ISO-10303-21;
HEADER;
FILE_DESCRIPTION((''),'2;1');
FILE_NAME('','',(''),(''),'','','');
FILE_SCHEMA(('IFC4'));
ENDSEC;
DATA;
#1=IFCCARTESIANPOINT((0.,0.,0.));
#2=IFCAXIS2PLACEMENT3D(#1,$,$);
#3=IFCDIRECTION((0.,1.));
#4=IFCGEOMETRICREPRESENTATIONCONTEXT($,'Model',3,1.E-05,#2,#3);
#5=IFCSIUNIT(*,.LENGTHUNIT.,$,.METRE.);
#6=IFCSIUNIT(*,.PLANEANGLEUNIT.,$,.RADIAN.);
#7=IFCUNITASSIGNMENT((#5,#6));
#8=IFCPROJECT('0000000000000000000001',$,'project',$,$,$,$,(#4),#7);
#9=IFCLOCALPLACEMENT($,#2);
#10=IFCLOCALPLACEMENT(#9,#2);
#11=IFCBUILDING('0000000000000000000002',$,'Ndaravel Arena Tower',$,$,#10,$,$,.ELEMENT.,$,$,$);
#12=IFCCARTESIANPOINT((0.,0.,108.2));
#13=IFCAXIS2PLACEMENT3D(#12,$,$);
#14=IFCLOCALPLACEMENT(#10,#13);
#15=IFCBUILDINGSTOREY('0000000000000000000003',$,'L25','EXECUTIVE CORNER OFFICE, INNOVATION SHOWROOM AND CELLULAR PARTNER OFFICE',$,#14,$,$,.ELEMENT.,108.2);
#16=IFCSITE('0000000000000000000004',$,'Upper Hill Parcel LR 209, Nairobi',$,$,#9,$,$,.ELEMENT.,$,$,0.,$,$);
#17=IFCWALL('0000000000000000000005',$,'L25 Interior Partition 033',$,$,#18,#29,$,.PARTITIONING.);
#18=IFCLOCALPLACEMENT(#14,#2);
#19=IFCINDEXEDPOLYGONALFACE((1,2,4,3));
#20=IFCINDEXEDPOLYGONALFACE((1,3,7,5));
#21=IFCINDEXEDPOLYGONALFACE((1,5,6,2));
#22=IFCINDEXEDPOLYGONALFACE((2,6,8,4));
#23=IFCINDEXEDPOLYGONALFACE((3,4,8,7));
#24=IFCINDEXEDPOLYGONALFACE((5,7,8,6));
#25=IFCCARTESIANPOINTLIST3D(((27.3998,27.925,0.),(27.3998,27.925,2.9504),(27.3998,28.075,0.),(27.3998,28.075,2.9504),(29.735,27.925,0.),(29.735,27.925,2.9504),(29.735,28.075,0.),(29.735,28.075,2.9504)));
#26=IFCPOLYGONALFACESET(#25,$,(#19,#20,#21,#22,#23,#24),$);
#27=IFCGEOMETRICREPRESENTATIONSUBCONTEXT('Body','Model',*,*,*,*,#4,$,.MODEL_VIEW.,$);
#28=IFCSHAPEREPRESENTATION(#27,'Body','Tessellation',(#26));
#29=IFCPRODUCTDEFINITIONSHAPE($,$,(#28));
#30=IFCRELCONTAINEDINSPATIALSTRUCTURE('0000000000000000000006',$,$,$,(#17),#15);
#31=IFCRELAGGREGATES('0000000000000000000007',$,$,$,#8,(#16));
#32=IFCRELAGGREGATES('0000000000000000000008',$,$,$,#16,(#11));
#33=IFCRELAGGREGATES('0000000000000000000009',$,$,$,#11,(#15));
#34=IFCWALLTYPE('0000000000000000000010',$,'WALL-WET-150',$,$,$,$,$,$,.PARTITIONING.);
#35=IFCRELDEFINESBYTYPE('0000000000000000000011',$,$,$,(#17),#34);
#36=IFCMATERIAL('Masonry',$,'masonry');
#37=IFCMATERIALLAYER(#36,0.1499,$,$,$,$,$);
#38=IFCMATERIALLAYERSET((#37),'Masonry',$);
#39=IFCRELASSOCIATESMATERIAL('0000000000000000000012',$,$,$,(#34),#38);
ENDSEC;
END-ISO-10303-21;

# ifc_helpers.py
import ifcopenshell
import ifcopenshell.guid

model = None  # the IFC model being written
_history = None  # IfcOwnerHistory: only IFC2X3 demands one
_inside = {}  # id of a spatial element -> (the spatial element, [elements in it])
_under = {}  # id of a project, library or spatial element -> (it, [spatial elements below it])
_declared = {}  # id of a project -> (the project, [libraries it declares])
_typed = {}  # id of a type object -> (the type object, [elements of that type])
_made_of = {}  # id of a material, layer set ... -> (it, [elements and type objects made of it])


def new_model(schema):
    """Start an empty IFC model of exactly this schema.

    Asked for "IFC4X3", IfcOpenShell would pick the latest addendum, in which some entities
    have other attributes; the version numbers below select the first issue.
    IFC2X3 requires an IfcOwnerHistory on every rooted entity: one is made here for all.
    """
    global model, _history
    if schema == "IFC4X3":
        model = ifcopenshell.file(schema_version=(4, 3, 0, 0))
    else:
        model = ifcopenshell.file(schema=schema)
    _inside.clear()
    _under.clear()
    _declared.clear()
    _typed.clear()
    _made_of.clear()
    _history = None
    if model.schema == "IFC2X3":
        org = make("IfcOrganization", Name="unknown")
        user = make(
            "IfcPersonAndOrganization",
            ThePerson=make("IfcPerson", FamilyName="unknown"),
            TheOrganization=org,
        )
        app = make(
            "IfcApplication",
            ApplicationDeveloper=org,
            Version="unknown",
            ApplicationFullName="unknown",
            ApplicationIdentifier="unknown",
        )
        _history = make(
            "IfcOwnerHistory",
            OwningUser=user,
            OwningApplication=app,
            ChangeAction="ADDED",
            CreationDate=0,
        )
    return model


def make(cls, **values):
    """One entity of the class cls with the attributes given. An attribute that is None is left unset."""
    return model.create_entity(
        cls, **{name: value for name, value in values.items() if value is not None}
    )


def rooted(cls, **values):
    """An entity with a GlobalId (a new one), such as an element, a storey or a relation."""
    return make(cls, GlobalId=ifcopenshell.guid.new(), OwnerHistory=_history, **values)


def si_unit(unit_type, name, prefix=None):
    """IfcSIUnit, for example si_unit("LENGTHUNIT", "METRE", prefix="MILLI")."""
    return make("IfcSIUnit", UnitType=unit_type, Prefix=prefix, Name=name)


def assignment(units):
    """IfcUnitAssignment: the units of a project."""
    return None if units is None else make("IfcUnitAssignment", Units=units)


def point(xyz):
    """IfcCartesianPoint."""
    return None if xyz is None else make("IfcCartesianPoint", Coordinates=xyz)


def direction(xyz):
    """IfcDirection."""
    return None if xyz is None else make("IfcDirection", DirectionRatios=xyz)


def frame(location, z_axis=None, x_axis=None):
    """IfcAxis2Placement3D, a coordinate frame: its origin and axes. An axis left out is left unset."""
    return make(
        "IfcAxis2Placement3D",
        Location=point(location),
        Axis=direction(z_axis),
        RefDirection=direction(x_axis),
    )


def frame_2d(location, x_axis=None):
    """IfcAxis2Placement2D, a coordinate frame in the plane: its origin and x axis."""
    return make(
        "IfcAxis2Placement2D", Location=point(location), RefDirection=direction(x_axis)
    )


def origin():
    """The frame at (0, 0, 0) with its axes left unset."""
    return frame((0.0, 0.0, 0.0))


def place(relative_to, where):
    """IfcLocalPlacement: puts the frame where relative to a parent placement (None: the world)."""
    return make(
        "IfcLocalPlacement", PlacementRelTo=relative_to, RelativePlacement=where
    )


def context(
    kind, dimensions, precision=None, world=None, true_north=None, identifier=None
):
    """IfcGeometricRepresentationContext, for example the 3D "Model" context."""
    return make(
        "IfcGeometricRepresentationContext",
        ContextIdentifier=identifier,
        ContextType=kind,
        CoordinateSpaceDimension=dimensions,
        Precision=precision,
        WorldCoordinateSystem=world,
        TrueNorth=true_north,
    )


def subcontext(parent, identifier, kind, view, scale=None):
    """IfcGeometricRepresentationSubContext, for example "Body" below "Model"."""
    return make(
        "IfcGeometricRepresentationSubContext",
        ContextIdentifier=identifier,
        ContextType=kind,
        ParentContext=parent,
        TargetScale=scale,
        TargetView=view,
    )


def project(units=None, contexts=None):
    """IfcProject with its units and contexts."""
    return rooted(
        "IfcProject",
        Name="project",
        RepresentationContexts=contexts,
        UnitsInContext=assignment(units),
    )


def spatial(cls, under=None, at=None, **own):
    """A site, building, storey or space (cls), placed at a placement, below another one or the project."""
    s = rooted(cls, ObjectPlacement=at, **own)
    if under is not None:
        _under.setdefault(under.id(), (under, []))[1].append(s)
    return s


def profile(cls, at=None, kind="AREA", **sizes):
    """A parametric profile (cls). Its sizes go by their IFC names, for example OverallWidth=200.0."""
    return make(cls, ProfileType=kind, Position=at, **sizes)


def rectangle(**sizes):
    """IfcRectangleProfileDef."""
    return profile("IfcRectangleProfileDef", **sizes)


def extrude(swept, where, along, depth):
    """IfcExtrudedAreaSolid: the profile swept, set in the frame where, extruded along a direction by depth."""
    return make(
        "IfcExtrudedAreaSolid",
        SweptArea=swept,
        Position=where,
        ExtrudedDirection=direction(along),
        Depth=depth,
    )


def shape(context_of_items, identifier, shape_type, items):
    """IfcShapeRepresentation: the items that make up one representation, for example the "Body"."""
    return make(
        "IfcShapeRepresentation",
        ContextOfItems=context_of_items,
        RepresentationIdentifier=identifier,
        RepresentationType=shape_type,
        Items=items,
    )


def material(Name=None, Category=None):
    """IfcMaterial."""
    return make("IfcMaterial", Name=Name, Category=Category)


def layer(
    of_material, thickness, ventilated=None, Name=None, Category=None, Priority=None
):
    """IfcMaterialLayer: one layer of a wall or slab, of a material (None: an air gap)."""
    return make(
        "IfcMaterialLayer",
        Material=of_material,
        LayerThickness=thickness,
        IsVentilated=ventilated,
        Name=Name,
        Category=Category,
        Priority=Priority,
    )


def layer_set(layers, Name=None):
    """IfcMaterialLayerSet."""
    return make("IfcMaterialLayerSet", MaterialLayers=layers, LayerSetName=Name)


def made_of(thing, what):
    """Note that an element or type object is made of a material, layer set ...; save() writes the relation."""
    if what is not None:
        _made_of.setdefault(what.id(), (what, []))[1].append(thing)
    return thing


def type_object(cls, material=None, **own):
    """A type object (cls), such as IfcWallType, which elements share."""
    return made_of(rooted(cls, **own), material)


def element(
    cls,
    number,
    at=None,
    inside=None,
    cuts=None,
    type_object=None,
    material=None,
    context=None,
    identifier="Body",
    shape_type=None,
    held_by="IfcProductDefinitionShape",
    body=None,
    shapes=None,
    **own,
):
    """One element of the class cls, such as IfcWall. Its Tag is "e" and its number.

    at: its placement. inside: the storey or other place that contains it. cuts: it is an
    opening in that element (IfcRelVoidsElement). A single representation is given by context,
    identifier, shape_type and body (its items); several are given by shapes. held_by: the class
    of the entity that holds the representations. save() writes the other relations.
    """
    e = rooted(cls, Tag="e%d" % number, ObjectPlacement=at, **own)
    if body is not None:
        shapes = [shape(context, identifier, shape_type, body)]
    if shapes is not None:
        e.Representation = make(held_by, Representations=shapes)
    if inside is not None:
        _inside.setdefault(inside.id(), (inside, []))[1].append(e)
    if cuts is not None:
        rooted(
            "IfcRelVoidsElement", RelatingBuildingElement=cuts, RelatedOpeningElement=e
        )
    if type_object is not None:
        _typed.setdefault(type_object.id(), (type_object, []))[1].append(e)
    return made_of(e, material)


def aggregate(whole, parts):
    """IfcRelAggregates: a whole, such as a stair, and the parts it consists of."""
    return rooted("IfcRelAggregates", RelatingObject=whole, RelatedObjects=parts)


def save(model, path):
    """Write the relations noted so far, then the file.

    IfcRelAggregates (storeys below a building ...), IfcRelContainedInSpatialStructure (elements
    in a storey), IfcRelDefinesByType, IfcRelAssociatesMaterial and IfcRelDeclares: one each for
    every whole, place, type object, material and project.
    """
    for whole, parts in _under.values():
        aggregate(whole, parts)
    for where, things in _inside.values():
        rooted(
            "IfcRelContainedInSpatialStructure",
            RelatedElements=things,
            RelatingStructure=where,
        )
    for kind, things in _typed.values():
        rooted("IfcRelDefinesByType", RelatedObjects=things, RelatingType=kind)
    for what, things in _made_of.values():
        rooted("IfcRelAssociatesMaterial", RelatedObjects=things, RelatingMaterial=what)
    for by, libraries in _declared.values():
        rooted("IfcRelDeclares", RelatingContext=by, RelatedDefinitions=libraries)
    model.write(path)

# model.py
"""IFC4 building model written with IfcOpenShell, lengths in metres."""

from ifc_helpers import new_model, si_unit, direction, frame, frame_2d, origin, place, context, subcontext, project, spatial, rectangle, extrude, material, layer, layer_set, type_object, element, save


model = new_model("IFC4")

# Units and contexts
model_context = context("Model", 3, precision=1e-05, world=origin(), true_north=direction((0.0, 1.0)))
body_context = subcontext(model_context, "Body", "Model", "MODEL_VIEW")
ifc_project = project(units=[si_unit("LENGTHUNIT", "METRE"), si_unit("PLANEANGLEUNIT", "RADIAN")], contexts=[model_context])

# Site, building, storey
site_placement = place(None, origin())
site = spatial("IfcSite", under=ifc_project, at=site_placement, Name="Upper Hill Parcel LR 209, Nairobi", CompositionType="ELEMENT", RefElevation=0.0)
building_placement = place(site_placement, origin())
building = spatial("IfcBuilding", under=site, at=building_placement, Name="Ndaravel Arena Tower", CompositionType="ELEMENT")
storey_placement = place(building_placement, frame((0.0, 0.0, 108.2)))
storey = spatial("IfcBuildingStorey", under=building, at=storey_placement, Name="L25", Description="EXECUTIVE CORNER OFFICE, INNOVATION SHOWROOM AND CELLULAR PARTNER OFFICE", CompositionType="ELEMENT", Elevation=108.2)

# Wall
ifc_material_1 = material(Name="Masonry", Category="masonry")
ifc_layer_1 = layer(ifc_material_1, 0.1499)
ifc_layer_set_1 = layer_set([ifc_layer_1], Name="Masonry")
wall_type_1 = type_object("IfcWallType", Name="WALL-WET-150", PredefinedType="PARTITIONING", material=ifc_layer_set_1)
wall_1_placement = place(storey_placement, frame((27.3999, 28.0, 0.0), z_axis=(0.0, 0.0, 1.0), x_axis=(1.0, 0.0, 0.0)))
element("IfcWall", 1, at=wall_1_placement, inside=storey, type_object=wall_type_1, Name="L25 Interior Partition 033", PredefinedType="PARTITIONING", context=body_context, shape_type="SweptSolid", body=[
    extrude(rectangle(XDim=2.3352, YDim=0.1499, at=frame_2d((1.1675, 0.0))), origin(), (0.0, 0.0, 1.0), 2.9504),
])

save(model, "model.ifc")
